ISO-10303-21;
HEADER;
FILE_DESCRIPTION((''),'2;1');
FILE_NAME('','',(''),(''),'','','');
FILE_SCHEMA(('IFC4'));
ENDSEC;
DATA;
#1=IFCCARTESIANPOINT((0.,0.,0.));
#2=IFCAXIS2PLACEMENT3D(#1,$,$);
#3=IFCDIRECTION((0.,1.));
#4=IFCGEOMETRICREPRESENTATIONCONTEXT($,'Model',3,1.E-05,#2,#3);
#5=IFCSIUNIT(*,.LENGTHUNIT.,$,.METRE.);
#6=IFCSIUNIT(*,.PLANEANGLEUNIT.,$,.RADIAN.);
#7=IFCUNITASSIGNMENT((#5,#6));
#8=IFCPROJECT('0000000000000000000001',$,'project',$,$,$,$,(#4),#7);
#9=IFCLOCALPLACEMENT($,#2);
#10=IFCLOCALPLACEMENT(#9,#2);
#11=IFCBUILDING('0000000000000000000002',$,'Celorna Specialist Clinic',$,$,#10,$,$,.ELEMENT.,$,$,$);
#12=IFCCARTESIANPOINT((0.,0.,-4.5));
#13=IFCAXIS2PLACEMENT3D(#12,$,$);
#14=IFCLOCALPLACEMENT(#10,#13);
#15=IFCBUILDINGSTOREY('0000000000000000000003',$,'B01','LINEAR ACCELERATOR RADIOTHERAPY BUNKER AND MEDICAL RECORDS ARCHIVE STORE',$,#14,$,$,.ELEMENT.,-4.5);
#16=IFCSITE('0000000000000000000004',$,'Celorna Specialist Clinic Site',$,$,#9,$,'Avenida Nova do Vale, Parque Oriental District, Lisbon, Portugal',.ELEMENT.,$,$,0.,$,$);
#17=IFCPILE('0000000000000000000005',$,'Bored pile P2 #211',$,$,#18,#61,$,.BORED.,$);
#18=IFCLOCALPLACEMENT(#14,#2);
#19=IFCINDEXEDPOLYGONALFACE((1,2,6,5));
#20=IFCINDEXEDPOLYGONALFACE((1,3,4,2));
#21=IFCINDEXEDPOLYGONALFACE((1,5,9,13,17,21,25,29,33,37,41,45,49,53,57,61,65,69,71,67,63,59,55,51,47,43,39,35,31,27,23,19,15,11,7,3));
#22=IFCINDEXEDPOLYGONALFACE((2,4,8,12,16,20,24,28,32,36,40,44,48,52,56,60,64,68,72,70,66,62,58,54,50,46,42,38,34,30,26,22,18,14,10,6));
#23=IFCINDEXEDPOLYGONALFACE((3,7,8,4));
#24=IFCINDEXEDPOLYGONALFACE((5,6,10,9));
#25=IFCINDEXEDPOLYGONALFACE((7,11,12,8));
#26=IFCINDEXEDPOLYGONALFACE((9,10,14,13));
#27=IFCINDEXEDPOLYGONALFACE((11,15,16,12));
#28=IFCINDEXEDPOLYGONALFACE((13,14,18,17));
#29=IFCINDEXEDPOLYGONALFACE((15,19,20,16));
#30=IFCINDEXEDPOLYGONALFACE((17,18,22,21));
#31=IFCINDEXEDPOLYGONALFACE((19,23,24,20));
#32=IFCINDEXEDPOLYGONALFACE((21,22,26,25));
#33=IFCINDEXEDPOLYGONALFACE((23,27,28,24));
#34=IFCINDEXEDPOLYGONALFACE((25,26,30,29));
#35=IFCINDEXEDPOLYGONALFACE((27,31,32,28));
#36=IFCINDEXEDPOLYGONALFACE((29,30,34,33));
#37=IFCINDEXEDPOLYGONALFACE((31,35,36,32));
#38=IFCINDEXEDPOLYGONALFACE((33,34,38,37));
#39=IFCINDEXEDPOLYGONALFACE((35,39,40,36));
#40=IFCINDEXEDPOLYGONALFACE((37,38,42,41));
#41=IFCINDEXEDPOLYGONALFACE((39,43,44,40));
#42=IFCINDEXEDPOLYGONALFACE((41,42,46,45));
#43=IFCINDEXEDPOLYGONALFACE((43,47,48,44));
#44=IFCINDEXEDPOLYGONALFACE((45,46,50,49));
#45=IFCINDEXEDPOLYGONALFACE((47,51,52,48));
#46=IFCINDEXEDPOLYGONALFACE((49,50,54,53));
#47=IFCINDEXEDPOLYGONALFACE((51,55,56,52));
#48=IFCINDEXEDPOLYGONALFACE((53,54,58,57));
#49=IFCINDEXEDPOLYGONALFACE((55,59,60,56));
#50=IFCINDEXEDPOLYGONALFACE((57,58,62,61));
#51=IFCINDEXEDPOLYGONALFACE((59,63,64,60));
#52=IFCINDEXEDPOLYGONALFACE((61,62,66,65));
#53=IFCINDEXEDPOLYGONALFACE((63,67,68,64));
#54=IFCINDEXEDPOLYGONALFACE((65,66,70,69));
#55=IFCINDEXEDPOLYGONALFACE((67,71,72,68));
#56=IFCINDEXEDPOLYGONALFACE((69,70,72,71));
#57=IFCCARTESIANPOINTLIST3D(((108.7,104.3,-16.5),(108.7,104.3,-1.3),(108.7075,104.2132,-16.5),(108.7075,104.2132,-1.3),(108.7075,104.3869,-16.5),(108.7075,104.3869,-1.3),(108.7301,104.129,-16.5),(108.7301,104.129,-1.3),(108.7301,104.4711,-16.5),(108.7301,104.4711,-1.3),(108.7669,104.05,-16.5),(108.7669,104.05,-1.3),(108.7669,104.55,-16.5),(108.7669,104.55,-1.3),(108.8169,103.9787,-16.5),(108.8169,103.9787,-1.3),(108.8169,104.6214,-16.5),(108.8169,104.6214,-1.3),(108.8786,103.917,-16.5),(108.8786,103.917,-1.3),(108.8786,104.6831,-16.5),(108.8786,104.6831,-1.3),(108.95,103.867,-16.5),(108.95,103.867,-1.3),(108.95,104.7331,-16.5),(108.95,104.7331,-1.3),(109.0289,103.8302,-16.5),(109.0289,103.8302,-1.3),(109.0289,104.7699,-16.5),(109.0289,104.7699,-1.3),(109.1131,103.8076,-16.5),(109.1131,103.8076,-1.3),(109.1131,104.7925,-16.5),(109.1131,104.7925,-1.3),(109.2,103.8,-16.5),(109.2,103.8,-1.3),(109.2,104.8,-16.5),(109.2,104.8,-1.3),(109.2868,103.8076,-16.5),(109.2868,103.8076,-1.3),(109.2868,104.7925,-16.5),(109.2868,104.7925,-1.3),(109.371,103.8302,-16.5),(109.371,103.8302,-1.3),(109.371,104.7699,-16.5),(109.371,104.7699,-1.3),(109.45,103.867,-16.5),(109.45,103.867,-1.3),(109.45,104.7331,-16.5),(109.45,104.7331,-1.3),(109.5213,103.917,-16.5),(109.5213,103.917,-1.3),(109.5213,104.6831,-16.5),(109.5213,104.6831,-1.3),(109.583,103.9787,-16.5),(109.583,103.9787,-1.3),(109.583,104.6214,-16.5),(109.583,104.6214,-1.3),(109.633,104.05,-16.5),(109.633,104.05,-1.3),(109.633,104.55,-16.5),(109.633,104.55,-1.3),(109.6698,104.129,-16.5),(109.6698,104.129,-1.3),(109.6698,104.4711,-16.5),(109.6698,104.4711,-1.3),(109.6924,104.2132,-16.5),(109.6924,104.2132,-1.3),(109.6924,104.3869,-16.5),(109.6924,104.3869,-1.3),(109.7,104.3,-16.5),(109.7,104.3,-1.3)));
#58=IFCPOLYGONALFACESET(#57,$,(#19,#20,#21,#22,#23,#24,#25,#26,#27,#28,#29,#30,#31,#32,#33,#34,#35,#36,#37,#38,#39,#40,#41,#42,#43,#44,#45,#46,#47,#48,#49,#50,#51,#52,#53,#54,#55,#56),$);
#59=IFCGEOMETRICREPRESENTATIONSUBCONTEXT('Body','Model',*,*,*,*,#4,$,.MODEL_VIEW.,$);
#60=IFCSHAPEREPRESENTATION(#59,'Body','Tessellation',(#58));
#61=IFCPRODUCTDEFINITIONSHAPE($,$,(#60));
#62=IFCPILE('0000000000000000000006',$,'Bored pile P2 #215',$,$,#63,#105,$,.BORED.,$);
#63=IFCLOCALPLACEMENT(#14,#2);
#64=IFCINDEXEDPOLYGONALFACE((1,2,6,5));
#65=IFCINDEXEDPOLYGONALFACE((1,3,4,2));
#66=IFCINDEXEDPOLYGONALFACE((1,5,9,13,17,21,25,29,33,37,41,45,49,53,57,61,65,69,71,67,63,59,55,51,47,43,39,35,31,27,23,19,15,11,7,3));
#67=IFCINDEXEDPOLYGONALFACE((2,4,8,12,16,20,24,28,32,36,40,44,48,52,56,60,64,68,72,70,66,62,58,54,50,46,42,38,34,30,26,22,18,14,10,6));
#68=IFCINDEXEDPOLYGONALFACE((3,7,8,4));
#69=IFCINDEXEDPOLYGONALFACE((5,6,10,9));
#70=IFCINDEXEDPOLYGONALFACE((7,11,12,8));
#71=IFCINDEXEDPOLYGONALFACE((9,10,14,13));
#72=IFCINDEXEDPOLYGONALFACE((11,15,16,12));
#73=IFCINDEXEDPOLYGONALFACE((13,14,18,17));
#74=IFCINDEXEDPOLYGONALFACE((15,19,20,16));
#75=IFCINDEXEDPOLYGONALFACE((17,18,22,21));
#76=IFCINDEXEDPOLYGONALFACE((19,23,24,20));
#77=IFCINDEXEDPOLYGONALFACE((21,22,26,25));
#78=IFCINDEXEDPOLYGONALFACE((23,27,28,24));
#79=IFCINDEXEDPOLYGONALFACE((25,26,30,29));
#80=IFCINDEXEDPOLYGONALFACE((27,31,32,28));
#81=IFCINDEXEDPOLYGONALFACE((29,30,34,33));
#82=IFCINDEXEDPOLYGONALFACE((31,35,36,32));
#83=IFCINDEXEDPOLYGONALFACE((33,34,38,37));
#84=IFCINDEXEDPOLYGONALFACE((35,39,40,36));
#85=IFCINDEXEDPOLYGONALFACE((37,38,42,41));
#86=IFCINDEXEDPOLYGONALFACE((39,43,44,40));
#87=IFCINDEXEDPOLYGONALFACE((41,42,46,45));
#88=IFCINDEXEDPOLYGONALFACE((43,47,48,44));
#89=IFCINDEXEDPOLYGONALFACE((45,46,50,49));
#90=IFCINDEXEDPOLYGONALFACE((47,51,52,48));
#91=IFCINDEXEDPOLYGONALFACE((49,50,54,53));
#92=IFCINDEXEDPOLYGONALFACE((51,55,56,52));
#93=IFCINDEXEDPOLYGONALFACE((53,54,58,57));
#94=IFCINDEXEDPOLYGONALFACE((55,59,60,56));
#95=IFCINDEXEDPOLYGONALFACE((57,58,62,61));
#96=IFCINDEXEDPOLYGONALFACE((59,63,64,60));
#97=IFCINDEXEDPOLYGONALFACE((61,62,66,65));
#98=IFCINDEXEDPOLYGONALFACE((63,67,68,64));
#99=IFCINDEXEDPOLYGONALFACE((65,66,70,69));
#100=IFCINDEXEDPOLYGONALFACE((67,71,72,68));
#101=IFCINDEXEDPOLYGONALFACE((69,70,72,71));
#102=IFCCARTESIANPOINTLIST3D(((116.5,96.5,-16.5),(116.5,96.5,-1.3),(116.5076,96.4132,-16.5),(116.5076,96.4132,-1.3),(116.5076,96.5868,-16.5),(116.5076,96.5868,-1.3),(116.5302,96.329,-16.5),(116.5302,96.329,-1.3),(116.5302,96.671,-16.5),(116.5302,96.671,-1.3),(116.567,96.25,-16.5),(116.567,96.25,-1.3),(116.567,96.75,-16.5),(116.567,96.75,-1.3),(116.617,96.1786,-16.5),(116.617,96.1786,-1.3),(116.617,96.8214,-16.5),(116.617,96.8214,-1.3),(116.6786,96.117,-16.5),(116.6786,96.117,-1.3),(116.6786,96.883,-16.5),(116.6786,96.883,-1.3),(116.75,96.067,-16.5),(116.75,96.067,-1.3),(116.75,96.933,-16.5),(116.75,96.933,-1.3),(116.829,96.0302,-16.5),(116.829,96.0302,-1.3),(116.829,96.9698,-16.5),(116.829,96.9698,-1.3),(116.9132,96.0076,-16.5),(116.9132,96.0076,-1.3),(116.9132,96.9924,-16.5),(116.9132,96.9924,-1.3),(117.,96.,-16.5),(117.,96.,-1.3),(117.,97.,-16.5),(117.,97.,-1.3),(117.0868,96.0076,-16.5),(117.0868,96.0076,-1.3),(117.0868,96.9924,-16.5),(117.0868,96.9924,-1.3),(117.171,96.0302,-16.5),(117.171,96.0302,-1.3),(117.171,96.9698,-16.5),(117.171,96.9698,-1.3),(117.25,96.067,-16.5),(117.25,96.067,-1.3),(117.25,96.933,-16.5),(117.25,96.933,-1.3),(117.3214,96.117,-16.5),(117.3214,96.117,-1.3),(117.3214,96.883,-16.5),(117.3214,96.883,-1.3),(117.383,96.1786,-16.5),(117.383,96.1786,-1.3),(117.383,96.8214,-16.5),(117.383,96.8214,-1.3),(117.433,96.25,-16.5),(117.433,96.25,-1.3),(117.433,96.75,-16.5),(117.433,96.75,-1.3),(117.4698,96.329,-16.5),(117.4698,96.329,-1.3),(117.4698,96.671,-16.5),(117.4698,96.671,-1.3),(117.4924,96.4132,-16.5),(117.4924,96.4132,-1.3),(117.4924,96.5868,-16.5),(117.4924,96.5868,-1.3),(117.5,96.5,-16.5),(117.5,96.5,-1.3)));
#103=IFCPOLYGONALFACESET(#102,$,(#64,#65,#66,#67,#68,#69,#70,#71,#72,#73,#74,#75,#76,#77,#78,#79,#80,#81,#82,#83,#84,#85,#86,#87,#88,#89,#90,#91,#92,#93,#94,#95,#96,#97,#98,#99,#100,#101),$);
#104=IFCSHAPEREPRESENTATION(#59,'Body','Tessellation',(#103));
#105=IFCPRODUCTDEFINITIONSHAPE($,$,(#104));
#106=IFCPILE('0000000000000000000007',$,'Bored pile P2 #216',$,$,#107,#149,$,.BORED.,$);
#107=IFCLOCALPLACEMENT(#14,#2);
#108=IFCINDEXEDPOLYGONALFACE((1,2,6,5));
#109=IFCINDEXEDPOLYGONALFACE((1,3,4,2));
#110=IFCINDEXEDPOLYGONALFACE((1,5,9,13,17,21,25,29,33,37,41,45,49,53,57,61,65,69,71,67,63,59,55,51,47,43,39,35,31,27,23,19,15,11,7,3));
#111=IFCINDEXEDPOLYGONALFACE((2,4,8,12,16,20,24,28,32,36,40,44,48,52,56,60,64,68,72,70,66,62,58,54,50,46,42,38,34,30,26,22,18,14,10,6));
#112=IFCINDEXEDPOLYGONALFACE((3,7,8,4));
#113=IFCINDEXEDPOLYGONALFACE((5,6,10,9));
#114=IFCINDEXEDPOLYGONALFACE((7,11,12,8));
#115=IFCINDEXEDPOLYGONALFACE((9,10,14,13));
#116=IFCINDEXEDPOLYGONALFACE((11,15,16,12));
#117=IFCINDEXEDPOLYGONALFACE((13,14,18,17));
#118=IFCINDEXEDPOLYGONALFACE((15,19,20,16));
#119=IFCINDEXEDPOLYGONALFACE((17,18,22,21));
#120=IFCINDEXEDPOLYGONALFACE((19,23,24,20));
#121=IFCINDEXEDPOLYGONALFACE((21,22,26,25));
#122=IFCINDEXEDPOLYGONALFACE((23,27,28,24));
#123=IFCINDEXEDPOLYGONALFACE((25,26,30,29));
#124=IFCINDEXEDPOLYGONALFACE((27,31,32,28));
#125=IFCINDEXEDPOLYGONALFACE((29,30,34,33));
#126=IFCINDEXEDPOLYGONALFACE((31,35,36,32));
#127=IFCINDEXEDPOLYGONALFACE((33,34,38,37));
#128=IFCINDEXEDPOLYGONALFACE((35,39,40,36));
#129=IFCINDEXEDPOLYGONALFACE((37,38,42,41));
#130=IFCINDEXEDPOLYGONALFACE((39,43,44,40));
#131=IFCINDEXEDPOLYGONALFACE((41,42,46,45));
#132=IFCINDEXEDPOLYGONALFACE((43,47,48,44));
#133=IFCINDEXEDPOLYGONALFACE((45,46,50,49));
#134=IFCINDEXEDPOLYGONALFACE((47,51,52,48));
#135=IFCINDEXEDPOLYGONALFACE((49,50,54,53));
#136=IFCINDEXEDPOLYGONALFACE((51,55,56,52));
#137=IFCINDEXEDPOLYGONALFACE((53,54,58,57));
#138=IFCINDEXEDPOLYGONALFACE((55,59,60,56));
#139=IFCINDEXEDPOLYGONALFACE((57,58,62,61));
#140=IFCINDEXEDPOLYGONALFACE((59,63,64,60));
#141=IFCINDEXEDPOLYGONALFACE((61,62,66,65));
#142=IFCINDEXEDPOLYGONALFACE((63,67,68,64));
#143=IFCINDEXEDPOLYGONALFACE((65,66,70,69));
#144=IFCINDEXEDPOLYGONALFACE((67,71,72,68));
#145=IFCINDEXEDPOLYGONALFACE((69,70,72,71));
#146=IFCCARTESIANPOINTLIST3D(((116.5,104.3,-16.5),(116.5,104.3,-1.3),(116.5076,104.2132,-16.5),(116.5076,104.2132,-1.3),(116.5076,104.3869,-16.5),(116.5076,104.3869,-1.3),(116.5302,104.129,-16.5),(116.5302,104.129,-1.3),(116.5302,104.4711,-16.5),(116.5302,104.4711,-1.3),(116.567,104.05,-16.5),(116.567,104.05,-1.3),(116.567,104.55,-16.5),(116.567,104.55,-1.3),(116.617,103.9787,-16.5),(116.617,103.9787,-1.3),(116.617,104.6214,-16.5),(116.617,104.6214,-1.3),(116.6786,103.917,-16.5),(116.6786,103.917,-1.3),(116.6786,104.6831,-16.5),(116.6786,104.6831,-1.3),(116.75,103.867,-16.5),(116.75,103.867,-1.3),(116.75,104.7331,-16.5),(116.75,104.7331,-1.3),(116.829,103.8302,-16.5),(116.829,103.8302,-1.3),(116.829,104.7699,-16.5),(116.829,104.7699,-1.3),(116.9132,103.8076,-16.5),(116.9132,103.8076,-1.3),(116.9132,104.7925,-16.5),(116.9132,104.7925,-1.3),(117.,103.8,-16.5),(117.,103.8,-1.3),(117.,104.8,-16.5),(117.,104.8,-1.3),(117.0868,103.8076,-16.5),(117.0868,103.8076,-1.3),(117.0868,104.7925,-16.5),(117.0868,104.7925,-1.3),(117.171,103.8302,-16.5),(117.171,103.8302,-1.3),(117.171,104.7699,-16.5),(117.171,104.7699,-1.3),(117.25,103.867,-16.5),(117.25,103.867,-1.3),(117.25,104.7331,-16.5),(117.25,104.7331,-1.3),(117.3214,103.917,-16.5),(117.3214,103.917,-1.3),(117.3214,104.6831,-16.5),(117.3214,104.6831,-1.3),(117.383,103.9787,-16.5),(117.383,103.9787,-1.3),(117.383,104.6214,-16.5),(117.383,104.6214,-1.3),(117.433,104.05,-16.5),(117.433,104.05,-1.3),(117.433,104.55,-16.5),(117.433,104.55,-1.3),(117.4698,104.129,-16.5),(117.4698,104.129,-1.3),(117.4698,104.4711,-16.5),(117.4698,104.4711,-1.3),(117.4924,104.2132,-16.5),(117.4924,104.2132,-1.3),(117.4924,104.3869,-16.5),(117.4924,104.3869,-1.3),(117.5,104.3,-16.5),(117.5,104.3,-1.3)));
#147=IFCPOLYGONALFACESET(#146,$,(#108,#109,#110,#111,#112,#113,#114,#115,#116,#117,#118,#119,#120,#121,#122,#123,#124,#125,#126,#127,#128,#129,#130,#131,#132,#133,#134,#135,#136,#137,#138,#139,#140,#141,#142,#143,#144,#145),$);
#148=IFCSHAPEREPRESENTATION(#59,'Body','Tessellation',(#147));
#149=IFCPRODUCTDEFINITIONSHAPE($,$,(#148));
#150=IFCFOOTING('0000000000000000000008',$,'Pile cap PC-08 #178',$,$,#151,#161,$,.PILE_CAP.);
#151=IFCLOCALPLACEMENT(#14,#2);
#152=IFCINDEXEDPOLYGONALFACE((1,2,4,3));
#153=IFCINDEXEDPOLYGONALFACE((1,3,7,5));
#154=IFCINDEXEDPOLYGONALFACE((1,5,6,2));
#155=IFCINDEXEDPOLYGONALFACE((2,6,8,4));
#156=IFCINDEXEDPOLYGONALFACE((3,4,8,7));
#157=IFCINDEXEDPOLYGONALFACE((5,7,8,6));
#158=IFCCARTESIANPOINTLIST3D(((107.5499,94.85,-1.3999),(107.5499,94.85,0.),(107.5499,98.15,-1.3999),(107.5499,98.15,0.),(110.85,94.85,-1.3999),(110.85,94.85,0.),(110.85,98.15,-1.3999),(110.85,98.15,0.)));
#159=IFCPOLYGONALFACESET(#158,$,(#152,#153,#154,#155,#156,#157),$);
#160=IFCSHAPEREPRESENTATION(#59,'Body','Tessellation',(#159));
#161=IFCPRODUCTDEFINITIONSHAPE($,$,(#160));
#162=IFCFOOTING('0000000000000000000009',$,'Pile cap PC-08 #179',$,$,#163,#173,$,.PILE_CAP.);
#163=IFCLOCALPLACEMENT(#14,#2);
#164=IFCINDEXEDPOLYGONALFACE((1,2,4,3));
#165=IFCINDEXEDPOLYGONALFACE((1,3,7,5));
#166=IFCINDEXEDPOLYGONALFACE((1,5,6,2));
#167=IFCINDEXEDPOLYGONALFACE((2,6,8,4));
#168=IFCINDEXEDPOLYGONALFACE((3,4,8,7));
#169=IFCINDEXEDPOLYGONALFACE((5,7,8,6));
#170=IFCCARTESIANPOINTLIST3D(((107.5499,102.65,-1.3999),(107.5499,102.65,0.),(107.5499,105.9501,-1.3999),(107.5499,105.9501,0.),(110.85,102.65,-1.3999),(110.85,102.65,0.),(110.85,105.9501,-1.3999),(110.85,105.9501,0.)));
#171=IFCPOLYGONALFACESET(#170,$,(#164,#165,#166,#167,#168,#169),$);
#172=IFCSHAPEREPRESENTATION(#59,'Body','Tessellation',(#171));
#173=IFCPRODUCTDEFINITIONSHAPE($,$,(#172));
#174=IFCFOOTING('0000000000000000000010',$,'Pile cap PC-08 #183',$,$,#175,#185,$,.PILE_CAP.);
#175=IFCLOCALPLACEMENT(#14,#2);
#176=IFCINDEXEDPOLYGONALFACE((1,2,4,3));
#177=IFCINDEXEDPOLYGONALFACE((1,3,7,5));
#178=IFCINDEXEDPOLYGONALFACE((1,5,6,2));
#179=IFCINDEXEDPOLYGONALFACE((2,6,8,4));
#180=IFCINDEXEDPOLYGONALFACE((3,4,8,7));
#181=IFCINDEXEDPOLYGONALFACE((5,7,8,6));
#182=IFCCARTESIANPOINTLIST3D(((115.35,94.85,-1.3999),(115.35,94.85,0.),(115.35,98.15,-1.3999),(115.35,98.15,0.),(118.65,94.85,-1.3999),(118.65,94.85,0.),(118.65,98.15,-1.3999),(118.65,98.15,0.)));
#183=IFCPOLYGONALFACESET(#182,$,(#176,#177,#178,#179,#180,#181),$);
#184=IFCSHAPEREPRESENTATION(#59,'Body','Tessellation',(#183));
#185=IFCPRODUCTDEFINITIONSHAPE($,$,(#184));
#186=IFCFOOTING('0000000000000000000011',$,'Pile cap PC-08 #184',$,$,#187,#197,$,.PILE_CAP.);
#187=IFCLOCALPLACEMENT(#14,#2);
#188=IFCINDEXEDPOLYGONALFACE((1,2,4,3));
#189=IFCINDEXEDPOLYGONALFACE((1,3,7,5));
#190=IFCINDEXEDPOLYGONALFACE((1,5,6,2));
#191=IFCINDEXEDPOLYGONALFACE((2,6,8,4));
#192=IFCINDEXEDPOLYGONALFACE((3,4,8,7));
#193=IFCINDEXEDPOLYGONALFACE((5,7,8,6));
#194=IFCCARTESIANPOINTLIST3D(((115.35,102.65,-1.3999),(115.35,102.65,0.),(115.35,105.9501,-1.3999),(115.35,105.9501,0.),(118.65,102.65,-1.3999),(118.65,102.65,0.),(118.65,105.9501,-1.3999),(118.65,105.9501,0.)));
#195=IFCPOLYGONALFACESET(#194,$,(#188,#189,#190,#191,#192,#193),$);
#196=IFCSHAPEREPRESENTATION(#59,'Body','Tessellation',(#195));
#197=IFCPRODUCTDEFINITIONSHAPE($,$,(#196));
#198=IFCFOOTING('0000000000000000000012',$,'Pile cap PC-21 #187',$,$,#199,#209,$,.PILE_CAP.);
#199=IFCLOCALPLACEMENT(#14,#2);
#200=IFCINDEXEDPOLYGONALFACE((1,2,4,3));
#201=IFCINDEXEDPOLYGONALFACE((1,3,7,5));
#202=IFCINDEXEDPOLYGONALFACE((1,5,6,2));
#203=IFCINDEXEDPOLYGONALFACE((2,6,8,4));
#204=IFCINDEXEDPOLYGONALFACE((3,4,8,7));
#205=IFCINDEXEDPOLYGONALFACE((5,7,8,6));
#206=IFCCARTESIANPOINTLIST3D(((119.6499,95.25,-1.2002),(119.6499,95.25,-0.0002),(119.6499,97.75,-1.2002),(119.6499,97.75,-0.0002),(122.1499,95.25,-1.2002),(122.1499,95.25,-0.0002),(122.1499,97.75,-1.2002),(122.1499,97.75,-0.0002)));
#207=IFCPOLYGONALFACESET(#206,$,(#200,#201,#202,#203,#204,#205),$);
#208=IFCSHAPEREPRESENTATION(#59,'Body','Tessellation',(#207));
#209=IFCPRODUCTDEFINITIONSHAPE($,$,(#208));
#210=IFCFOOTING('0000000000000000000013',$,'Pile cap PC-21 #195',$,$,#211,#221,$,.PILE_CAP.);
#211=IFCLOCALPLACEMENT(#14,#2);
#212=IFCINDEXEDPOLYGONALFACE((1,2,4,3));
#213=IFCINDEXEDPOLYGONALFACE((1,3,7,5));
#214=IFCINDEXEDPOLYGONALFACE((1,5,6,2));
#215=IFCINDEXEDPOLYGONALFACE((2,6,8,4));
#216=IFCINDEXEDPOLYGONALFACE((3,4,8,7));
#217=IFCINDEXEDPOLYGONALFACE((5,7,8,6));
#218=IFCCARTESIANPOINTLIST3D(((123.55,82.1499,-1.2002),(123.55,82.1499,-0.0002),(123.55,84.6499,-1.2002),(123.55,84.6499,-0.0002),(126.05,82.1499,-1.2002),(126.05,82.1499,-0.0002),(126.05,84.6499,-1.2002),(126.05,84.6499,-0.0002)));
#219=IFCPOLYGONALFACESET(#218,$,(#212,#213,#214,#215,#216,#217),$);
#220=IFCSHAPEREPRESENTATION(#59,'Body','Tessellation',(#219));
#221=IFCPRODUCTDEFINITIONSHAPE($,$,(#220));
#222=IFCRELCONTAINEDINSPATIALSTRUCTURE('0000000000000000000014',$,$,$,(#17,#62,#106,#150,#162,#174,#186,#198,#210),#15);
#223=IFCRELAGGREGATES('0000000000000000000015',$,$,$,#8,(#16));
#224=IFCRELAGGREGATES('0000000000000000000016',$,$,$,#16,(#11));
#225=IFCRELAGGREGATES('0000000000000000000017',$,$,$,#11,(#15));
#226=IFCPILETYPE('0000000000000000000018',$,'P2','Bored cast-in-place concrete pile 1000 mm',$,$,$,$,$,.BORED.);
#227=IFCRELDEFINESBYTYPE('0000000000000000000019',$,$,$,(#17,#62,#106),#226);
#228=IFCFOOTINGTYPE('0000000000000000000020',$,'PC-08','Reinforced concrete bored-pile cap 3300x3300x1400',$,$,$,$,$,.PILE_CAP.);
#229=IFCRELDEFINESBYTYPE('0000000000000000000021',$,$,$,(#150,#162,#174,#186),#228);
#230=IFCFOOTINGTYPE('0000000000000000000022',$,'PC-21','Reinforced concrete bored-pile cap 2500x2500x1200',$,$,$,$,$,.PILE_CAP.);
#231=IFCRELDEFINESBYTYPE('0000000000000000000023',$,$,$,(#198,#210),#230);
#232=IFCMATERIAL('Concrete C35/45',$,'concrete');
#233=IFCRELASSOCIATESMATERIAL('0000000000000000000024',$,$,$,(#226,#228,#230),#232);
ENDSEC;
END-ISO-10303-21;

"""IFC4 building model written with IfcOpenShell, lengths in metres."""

from ifc_helpers import new_model, si_unit, direction, frame, origin, origin_2d, place, context, subcontext, project, spatial, rectangle, circle, extrude, material, material_profile, profile_set, type_object, element, save


model = new_model("IFC4")

# Units and contexts
model_context = context("Model", 3, precision=1e-05, world=origin(), true_north=direction((0.0, 1.0)))
body_context = subcontext(model_context, "Body", "Model", "MODEL_VIEW")
ifc_project = project(units=[si_unit("LENGTHUNIT", "METRE"), si_unit("PLANEANGLEUNIT", "RADIAN")], contexts=[model_context])

# Site, building, storey
site_placement = place(None, origin())
site = spatial("IfcSite", under=ifc_project, at=site_placement, Name="Celorna Specialist Clinic Site", LongName="Avenida Nova do Vale, Parque Oriental District, Lisbon, Portugal", CompositionType="ELEMENT", RefElevation=0.0)
building_placement = place(site_placement, origin())
building = spatial("IfcBuilding", under=site, at=building_placement, Name="Celorna Specialist Clinic", CompositionType="ELEMENT")
storey_placement = place(building_placement, frame((0.0, 0.0, -4.5)))
storey = spatial("IfcBuildingStorey", under=building, at=storey_placement, Name="B01", Description="LINEAR ACCELERATOR RADIOTHERAPY BUNKER AND MEDICAL RECORDS ARCHIVE STORE", CompositionType="ELEMENT", Elevation=-4.5)

# Shared definitions
ifc_material_1 = material(Name="Concrete C35/45", Category="concrete")

# Piles
ifc_material_profile_1 = material_profile(ifc_material_1, circle(Radius=0.5, at=origin_2d()), Name="BORED PILE 1000")
ifc_profile_set_1 = profile_set([ifc_material_profile_1], Name="Concrete C35/45")
pile_type_1 = type_object("IfcPileType", Name="P2", Description="Bored cast-in-place concrete pile 1000 mm", PredefinedType="BORED", material=ifc_profile_set_1)
for number, where, z_axis, x_axis, name in (
    (1, (109.2, 104.3, -1.3), (0.0, 0.0, -1.0), (1.0, 0.0, 0.0), "Bored pile P2 #211"),
    (2, (117.0, 96.5, -1.3), (0.0, 0.0, -1.0), (1.0, 0.0, 0.0), "Bored pile P2 #215"),
    (3, (117.0, 104.3, -1.3), (0.0, 0.0, -1.0), (1.0, 0.0, 0.0), "Bored pile P2 #216"),
):
    element("IfcPile", number, at=place(storey_placement, frame(where, z_axis=z_axis, x_axis=x_axis)), inside=storey, type_object=pile_type_1, Name=name, PredefinedType="BORED", context=body_context, shape_type="SweptSolid", body=[
        extrude(circle(Radius=0.5, at=origin_2d()), origin(), (0.0, 0.0, 1.0), 15.2),
    ])

# Footings
footing_type_1 = type_object("IfcFootingType", Name="PC-08", Description="Reinforced concrete bored-pile cap 3300x3300x1400", PredefinedType="PILE_CAP", material=ifc_material_1)
for number, where, z_axis, x_axis, name in (
    (4, (109.2, 96.5, -1.3999), (0.0, 0.0, 1.0), (1.0, 0.0, 0.0), "Pile cap PC-08 #178"),
    (5, (109.2, 104.3, -1.3999), (0.0, 0.0, 1.0), (1.0, 0.0, 0.0), "Pile cap PC-08 #179"),
    (6, (117.0, 96.5, -1.3999), (0.0, 0.0, 1.0), (1.0, 0.0, 0.0), "Pile cap PC-08 #183"),
    (7, (117.0, 104.3, -1.3999), (0.0, 0.0, 1.0), (1.0, 0.0, 0.0), "Pile cap PC-08 #184"),
):
    element("IfcFooting", number, at=place(storey_placement, frame(where, z_axis=z_axis, x_axis=x_axis)), inside=storey, type_object=footing_type_1, Name=name, PredefinedType="PILE_CAP", context=body_context, shape_type="SweptSolid", body=[
        extrude(rectangle(XDim=3.3, YDim=3.3, at=origin_2d()), origin(), (0.0, 0.0, 1.0), 1.3999),
    ])
footing_type_2 = type_object("IfcFootingType", Name="PC-21", Description="Reinforced concrete bored-pile cap 2500x2500x1200", PredefinedType="PILE_CAP", material=ifc_material_1)
for number, where, z_axis, x_axis, name in (
    (8, (120.8999, 96.5, -1.2002), (0.0, 0.0, 1.0), (1.0, 0.0, 0.0), "Pile cap PC-21 #187"),
    (9, (124.8, 83.3999, -1.2002), (0.0, 0.0, 1.0), (1.0, 0.0, 0.0), "Pile cap PC-21 #195"),
):
    element("IfcFooting", number, at=place(storey_placement, frame(where, z_axis=z_axis, x_axis=x_axis)), inside=storey, type_object=footing_type_2, Name=name, PredefinedType="PILE_CAP", context=body_context, shape_type="SweptSolid", body=[
        extrude(rectangle(XDim=2.5, YDim=2.5, at=origin_2d()), origin(), (0.0, 0.0, 1.0), 1.2),
    ])

save(model, "model.ifc")
